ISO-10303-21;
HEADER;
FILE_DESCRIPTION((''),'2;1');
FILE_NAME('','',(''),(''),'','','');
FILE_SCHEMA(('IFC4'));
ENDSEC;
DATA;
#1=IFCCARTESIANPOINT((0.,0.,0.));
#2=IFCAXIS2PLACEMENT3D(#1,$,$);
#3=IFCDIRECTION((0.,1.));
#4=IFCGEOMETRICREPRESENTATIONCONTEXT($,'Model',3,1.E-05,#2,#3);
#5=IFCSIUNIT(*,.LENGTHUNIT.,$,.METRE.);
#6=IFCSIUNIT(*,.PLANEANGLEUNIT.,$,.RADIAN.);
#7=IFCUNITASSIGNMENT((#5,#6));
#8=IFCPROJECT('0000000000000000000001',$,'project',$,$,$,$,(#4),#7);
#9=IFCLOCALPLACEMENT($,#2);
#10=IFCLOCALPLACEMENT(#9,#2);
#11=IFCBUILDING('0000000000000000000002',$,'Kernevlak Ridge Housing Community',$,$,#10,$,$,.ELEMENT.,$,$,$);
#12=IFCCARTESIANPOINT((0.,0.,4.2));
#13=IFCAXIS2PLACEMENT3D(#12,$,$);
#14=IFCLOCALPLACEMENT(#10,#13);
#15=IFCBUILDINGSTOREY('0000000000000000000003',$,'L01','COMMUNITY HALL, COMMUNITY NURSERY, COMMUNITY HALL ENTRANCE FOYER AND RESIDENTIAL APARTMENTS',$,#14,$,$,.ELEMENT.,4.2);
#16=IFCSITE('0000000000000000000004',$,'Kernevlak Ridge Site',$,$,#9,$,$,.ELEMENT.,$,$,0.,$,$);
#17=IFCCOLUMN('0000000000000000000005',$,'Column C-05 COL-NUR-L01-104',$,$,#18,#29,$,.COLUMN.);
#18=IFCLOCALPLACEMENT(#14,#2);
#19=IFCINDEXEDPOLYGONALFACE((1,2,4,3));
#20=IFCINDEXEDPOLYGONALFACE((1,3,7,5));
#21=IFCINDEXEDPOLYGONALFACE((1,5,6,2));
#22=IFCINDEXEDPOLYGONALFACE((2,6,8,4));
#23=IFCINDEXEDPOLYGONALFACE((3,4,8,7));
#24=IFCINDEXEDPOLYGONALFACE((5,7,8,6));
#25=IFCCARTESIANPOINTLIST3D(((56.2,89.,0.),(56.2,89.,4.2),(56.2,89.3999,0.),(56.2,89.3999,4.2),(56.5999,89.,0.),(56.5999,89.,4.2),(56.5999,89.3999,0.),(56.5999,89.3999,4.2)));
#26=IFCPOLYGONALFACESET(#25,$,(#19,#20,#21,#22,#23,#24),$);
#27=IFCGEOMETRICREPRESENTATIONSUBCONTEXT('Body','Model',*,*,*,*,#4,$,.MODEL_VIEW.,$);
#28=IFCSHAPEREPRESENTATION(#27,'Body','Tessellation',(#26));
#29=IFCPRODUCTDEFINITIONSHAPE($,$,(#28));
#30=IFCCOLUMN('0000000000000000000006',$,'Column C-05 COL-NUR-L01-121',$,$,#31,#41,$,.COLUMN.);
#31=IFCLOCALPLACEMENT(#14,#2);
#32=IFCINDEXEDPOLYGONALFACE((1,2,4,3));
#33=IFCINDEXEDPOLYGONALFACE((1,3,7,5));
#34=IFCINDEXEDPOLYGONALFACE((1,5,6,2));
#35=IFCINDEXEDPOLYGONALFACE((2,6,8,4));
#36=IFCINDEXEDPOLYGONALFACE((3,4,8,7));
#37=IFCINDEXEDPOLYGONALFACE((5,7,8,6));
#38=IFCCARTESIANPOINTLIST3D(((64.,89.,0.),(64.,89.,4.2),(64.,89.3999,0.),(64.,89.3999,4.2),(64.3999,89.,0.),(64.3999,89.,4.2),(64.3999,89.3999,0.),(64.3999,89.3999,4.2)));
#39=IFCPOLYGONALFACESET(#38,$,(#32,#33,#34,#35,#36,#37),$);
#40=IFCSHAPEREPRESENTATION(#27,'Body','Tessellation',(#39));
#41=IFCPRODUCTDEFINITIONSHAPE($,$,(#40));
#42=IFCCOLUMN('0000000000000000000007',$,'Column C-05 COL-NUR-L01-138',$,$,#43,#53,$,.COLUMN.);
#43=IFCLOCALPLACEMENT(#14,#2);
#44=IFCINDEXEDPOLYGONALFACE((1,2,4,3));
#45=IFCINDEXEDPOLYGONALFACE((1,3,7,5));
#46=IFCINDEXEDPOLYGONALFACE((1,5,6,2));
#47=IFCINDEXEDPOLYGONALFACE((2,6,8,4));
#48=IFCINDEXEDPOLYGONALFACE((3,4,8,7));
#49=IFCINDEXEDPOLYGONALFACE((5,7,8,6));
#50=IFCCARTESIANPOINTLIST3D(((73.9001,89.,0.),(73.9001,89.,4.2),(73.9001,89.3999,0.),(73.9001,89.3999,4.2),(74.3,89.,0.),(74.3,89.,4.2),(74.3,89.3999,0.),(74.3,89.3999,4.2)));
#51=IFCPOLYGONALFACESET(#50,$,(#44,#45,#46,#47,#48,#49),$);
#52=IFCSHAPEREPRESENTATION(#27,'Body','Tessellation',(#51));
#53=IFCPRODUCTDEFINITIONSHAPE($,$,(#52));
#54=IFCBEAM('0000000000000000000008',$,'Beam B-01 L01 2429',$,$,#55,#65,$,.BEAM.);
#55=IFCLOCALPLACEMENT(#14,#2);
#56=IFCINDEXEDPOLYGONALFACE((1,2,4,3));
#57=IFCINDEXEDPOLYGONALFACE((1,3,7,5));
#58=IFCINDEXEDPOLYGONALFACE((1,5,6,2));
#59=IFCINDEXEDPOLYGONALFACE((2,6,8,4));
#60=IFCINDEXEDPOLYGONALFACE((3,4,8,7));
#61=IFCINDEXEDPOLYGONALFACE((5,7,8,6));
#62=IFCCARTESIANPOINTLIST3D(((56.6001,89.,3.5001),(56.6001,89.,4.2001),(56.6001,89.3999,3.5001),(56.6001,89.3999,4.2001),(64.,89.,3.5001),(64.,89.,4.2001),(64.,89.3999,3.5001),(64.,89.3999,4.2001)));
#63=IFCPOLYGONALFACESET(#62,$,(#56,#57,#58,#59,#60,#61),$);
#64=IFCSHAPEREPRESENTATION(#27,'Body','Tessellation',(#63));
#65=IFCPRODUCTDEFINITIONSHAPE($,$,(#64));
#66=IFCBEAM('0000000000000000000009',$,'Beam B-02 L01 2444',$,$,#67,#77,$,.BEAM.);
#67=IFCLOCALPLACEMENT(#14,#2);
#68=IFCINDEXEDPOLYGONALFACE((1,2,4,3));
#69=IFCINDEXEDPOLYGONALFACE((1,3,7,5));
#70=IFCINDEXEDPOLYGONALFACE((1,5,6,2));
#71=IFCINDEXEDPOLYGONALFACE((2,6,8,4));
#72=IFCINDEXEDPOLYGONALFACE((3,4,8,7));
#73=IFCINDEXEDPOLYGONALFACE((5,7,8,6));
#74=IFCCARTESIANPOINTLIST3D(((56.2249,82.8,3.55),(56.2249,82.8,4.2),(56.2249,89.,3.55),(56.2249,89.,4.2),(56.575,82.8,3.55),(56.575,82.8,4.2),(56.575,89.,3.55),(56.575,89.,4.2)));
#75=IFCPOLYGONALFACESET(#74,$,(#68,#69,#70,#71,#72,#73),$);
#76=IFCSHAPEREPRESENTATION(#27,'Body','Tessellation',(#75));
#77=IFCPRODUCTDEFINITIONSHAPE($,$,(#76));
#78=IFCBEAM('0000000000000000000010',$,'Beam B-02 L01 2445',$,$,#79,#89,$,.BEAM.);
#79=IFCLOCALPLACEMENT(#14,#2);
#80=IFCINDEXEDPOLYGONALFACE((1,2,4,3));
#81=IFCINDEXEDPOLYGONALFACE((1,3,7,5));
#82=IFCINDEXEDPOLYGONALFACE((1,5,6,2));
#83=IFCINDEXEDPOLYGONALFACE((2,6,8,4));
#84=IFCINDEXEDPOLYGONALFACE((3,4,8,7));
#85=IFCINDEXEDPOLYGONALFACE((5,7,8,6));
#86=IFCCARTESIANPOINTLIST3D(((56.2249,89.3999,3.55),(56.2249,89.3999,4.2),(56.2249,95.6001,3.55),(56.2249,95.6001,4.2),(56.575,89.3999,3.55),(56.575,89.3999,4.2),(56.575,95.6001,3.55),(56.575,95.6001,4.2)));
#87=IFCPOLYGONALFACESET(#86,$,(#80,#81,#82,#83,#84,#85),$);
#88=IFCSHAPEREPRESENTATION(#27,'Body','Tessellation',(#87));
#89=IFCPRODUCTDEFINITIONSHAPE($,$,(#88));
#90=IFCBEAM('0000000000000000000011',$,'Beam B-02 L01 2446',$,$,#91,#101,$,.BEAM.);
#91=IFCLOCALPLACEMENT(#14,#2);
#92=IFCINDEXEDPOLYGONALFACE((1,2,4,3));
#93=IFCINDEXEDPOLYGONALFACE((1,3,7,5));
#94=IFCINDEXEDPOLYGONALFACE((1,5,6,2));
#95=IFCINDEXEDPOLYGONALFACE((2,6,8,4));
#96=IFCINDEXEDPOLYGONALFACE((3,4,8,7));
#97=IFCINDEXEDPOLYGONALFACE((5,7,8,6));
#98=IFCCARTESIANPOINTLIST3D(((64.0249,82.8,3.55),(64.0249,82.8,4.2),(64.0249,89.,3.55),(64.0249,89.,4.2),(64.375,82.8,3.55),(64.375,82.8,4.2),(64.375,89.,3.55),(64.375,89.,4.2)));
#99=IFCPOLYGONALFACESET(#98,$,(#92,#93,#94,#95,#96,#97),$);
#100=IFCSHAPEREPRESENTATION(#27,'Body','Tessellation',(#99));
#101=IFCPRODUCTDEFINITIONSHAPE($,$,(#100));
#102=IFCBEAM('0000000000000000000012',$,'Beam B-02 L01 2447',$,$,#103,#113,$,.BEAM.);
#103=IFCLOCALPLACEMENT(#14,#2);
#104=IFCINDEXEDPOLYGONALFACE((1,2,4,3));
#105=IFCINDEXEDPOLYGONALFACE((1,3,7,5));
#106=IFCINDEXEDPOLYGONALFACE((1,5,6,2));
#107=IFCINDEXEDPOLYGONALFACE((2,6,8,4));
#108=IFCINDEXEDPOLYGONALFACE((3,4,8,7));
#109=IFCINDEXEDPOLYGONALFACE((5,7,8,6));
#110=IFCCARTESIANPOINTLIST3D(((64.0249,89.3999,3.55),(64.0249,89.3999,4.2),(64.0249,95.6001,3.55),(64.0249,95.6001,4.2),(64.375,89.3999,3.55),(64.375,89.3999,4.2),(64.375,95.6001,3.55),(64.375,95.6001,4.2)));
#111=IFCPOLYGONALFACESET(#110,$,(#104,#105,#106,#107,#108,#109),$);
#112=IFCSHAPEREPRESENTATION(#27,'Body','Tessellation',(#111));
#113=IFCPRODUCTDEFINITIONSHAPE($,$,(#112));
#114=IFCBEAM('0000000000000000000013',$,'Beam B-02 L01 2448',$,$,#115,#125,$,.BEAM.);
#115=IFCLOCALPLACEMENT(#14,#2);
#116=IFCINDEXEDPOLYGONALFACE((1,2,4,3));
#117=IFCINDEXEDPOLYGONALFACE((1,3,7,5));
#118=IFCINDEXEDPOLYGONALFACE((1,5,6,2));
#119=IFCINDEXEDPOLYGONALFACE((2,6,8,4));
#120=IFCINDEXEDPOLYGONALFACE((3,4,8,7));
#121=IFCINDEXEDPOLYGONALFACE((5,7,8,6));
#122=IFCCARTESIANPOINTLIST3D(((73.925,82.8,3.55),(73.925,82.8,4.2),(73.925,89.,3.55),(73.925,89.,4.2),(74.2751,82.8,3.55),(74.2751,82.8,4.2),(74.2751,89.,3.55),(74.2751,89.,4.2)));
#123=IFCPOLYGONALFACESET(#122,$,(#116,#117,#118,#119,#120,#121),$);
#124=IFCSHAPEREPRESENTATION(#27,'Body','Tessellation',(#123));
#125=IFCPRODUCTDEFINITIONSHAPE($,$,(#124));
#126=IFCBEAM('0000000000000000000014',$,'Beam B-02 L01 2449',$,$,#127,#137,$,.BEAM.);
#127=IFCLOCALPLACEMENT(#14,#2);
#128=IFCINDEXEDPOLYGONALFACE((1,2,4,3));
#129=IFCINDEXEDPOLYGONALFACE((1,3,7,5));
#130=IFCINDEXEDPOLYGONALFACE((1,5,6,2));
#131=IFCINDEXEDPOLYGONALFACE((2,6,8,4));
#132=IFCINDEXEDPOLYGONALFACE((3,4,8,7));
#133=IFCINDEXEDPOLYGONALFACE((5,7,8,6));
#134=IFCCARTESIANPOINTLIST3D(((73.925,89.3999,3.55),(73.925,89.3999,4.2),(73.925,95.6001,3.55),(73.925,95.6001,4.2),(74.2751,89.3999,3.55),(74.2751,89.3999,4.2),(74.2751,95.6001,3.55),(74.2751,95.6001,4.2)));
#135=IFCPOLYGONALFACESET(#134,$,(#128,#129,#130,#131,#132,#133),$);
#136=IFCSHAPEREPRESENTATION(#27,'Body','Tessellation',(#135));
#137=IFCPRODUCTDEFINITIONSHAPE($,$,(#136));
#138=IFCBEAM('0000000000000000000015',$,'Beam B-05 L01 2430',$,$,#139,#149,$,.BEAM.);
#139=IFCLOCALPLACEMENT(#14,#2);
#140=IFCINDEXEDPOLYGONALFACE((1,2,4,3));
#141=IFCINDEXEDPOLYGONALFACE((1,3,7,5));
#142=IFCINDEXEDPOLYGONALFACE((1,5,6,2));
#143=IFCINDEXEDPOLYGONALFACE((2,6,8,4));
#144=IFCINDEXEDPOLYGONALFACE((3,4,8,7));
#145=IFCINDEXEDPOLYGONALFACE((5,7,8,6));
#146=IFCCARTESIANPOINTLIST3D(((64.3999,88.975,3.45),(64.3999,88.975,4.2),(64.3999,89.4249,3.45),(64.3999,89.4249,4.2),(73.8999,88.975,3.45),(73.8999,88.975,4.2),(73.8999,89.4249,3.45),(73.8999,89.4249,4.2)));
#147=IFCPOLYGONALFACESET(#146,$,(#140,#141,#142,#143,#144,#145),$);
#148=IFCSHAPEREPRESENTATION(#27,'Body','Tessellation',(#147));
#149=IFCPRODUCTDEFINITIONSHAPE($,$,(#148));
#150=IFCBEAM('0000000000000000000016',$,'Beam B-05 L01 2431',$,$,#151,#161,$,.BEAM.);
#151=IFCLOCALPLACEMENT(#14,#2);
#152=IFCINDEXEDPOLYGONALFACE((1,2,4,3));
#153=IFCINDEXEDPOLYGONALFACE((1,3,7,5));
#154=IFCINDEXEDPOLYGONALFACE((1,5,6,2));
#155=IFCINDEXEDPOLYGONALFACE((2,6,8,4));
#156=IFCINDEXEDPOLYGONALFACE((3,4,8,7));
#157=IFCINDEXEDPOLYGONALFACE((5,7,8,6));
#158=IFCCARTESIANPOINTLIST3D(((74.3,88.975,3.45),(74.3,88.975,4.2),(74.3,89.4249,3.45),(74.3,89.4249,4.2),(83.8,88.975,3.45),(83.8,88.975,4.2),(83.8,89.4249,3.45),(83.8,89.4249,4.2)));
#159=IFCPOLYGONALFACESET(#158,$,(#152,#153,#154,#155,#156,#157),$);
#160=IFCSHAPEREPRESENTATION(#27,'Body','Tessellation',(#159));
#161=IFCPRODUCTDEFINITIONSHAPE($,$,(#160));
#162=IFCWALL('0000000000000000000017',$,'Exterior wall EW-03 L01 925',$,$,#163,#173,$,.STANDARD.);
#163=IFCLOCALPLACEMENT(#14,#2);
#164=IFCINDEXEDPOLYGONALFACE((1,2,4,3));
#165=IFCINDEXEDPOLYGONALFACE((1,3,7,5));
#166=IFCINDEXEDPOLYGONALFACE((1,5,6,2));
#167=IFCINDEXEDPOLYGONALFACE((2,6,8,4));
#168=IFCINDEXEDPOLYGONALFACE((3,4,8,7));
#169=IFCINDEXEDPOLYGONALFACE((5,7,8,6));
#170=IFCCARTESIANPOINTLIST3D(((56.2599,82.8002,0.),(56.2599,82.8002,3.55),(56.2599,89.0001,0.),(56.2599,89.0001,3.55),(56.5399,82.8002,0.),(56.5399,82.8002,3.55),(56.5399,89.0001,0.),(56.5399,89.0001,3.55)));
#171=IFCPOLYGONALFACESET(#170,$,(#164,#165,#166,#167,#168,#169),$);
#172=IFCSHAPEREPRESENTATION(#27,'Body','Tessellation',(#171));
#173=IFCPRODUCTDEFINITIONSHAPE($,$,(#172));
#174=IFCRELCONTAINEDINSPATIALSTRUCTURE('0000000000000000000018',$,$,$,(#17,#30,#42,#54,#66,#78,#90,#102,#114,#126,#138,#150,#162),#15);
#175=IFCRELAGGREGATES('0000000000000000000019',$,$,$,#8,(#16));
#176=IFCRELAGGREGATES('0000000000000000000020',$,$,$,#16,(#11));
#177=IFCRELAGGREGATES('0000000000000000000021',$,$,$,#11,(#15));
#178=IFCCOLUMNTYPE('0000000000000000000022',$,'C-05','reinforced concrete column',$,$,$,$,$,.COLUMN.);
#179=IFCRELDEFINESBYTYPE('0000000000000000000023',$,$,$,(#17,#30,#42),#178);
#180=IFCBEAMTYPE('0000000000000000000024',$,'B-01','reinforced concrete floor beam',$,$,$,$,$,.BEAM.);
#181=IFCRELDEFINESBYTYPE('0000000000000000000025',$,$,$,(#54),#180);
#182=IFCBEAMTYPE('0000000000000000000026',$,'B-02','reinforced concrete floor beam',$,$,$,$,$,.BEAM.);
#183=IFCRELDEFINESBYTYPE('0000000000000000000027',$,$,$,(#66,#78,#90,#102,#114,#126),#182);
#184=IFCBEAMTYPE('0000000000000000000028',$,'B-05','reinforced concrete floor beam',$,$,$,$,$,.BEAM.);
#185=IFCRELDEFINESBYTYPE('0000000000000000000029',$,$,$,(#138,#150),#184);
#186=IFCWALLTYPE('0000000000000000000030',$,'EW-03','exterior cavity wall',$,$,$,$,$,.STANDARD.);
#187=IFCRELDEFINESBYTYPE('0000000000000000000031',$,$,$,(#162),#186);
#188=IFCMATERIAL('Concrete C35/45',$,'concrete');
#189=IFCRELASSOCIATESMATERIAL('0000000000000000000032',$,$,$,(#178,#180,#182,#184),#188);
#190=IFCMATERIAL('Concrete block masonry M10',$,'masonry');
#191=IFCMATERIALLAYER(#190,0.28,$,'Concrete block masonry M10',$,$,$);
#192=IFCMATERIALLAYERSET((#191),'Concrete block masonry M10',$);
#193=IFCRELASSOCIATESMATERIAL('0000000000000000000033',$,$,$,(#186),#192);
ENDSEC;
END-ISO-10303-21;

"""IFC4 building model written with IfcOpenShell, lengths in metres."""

from ifc_helpers import new_model, si_unit, direction, frame, frame_2d, origin, origin_2d, place, context, subcontext, project, spatial, rectangle, extrude, material, layer, layer_set, material_profile, profile_set, type_object, element, save


model = new_model("IFC4")

# Units and contexts
model_context = context("Model", 3, precision=1e-05, world=origin(), true_north=direction((0.0, 1.0)))
body_context = subcontext(model_context, "Body", "Model", "MODEL_VIEW")
ifc_project = project(units=[si_unit("LENGTHUNIT", "METRE"), si_unit("PLANEANGLEUNIT", "RADIAN")], contexts=[model_context])

# Site, building, storey
site_placement = place(None, origin())
site = spatial("IfcSite", under=ifc_project, at=site_placement, Name="Kernevlak Ridge Site", CompositionType="ELEMENT", RefElevation=0.0)
building_placement = place(site_placement, origin())
building = spatial("IfcBuilding", under=site, at=building_placement, Name="Kernevlak Ridge Housing Community", CompositionType="ELEMENT")
storey_placement = place(building_placement, frame((0.0, 0.0, 4.2)))
storey = spatial("IfcBuildingStorey", under=building, at=storey_placement, Name="L01", Description="COMMUNITY HALL, COMMUNITY NURSERY, COMMUNITY HALL ENTRANCE FOYER AND RESIDENTIAL APARTMENTS", CompositionType="ELEMENT", Elevation=4.2)

# Columns
ifc_material_1 = material(Name="Concrete C35/45", Category="concrete")
ifc_material_profile_1 = material_profile(ifc_material_1, rectangle(XDim=0.3999, YDim=0.3999, at=origin_2d()), Name="RC 400x400")
ifc_profile_set_1 = profile_set([ifc_material_profile_1], Name="Concrete C35/45")
column_type = type_object("IfcColumnType", Name="C-05", Description="reinforced concrete column", PredefinedType="COLUMN", material=ifc_profile_set_1)
for number, where, z_axis, x_axis, name in (
    (1, (56.3999, 89.2, 0.0), (0.0, 0.0, 1.0), (1.0, 0.0, 0.0), "Column C-05 COL-NUR-L01-104"),
    (2, (64.2, 89.2, 0.0), (0.0, 0.0, 1.0), (1.0, 0.0, 0.0), "Column C-05 COL-NUR-L01-121"),
    (3, (74.1001, 89.2, 0.0), (0.0, 0.0, 1.0), (1.0, 0.0, 0.0), "Column C-05 COL-NUR-L01-138"),
):
    element("IfcColumn", number, at=place(storey_placement, frame(where, z_axis=z_axis, x_axis=x_axis)), inside=storey, type_object=column_type, Name=name, PredefinedType="COLUMN", context=body_context, shape_type="SweptSolid", body=[
        extrude(rectangle(XDim=0.3999, YDim=0.3999, at=origin_2d()), origin(), (0.0, 0.0, 1.0), 4.2),
    ])

# Beams
ifc_material_profile_2 = material_profile(ifc_material_1, rectangle(XDim=0.3999, YDim=0.7, at=origin_2d()), Name="RC 400x700")
ifc_profile_set_2 = profile_set([ifc_material_profile_2], Name="Concrete C35/45")
beam_type_1 = type_object("IfcBeamType", Name="B-01", Description="reinforced concrete floor beam", PredefinedType="BEAM", material=ifc_profile_set_2)
beam_1_placement = place(storey_placement, frame((56.6001, 89.2, 3.8501), z_axis=(1.0, 0.0, 0.0), x_axis=(0.0, 1.0, 0.0)))
element("IfcBeam", 4, at=beam_1_placement, inside=storey, type_object=beam_type_1, Name="Beam B-01 L01 2429", PredefinedType="BEAM", context=body_context, shape_type="SweptSolid", body=[
    extrude(rectangle(XDim=0.3999, YDim=0.7, at=origin_2d()), origin(), (0.0, 0.0, 1.0), 7.3999),
])
ifc_material_profile_3 = material_profile(ifc_material_1, rectangle(XDim=0.3501, YDim=0.6499, at=origin_2d()), Name="RC 350x650")
ifc_profile_set_3 = profile_set([ifc_material_profile_3], Name="Concrete C35/45")
beam_type_2 = type_object("IfcBeamType", Name="B-02", Description="reinforced concrete floor beam", PredefinedType="BEAM", material=ifc_profile_set_3)
beam_2_placement = place(storey_placement, frame((56.3999, 82.8, 3.875), z_axis=(0.0, 1.0, 0.0), x_axis=(-1.0, 0.0, 0.0)))
element("IfcBeam", 5, at=beam_2_placement, inside=storey, type_object=beam_type_2, Name="Beam B-02 L01 2444", PredefinedType="BEAM", context=body_context, shape_type="SweptSolid", body=[
    extrude(rectangle(XDim=0.3501, YDim=0.6499, at=origin_2d()), origin(), (0.0, 0.0, 1.0), 6.2),
])
beam_3_placement = place(storey_placement, frame((56.3999, 89.3999, 3.875), z_axis=(0.0, 1.0, 0.0), x_axis=(-1.0, 0.0, 0.0)))
element("IfcBeam", 6, at=beam_3_placement, inside=storey, type_object=beam_type_2, Name="Beam B-02 L01 2445", PredefinedType="BEAM", context=body_context, shape_type="SweptSolid", body=[
    extrude(rectangle(XDim=0.3501, YDim=0.6499, at=origin_2d()), origin(), (0.0, 0.0, 1.0), 6.2002),
])
beam_4_placement = place(storey_placement, frame((64.2, 82.8, 3.875), z_axis=(0.0, 1.0, 0.0), x_axis=(-1.0, 0.0, 0.0)))
element("IfcBeam", 7, at=beam_4_placement, inside=storey, type_object=beam_type_2, Name="Beam B-02 L01 2446", PredefinedType="BEAM", context=body_context, shape_type="SweptSolid", body=[
    extrude(rectangle(XDim=0.3501, YDim=0.6499, at=origin_2d()), origin(), (0.0, 0.0, 1.0), 6.2),
])
beam_5_placement = place(storey_placement, frame((64.2, 89.3999, 3.875), z_axis=(0.0, 1.0, 0.0), x_axis=(-1.0, 0.0, 0.0)))
element("IfcBeam", 8, at=beam_5_placement, inside=storey, type_object=beam_type_2, Name="Beam B-02 L01 2447", PredefinedType="BEAM", context=body_context, shape_type="SweptSolid", body=[
    extrude(rectangle(XDim=0.3501, YDim=0.6499, at=origin_2d()), origin(), (0.0, 0.0, 1.0), 6.2002),
])
beam_6_placement = place(storey_placement, frame((74.1001, 82.8, 3.875), z_axis=(0.0, 1.0, 0.0), x_axis=(-1.0, 0.0, 0.0)))
element("IfcBeam", 9, at=beam_6_placement, inside=storey, type_object=beam_type_2, Name="Beam B-02 L01 2448", PredefinedType="BEAM", context=body_context, shape_type="SweptSolid", body=[
    extrude(rectangle(XDim=0.3501, YDim=0.6499, at=origin_2d()), origin(), (0.0, 0.0, 1.0), 6.2),
])
beam_7_placement = place(storey_placement, frame((74.1001, 89.3999, 3.875), z_axis=(0.0, 1.0, 0.0), x_axis=(-1.0, 0.0, 0.0)))
element("IfcBeam", 10, at=beam_7_placement, inside=storey, type_object=beam_type_2, Name="Beam B-02 L01 2449", PredefinedType="BEAM", context=body_context, shape_type="SweptSolid", body=[
    extrude(rectangle(XDim=0.3501, YDim=0.6499, at=origin_2d()), origin(), (0.0, 0.0, 1.0), 6.2002),
])
ifc_material_profile_4 = material_profile(ifc_material_1, rectangle(XDim=0.45, YDim=0.75, at=origin_2d()), Name="RC 450x750")
ifc_profile_set_4 = profile_set([ifc_material_profile_4], Name="Concrete C35/45")
beam_type_3 = type_object("IfcBeamType", Name="B-05", Description="reinforced concrete floor beam", PredefinedType="BEAM", material=ifc_profile_set_4)
for number, where, z_axis, x_axis, name in (
    (11, (64.3999, 89.2, 3.825), (1.0, 0.0, 0.0), (0.0, 1.0, 0.0), "Beam B-05 L01 2430"),
    (12, (74.3, 89.2, 3.825), (1.0, 0.0, 0.0), (0.0, 1.0, 0.0), "Beam B-05 L01 2431"),
):
    element("IfcBeam", number, at=place(storey_placement, frame(where, z_axis=z_axis, x_axis=x_axis)), inside=storey, type_object=beam_type_3, Name=name, PredefinedType="BEAM", context=body_context, shape_type="SweptSolid", body=[
        extrude(rectangle(XDim=0.45, YDim=0.75, at=origin_2d()), origin(), (0.0, 0.0, 1.0), 9.5),
    ])

# Wall
ifc_material_2 = material(Name="Concrete block masonry M10", Category="masonry")
ifc_layer_1 = layer(ifc_material_2, 0.28, Name="Concrete block masonry M10")
ifc_layer_set_1 = layer_set([ifc_layer_1], Name="Concrete block masonry M10")
wall_type_1 = type_object("IfcWallType", Name="EW-03", Description="exterior cavity wall", PredefinedType="STANDARD", material=ifc_layer_set_1)
wall_1_placement = place(storey_placement, frame((56.3999, 82.8, 0.0), z_axis=(0.0, 0.0, 1.0), x_axis=(0.0, 1.0, 0.0)))
element("IfcWall", 13, at=wall_1_placement, inside=storey, type_object=wall_type_1, Name="Exterior wall EW-03 L01 925", PredefinedType="STANDARD", context=body_context, shape_type="SweptSolid", body=[
    extrude(rectangle(XDim=6.2, YDim=0.28, at=frame_2d((3.1001, 0.0))), origin(), (0.0, 0.0, 1.0), 3.55),
])

save(model, "model.ifc")
